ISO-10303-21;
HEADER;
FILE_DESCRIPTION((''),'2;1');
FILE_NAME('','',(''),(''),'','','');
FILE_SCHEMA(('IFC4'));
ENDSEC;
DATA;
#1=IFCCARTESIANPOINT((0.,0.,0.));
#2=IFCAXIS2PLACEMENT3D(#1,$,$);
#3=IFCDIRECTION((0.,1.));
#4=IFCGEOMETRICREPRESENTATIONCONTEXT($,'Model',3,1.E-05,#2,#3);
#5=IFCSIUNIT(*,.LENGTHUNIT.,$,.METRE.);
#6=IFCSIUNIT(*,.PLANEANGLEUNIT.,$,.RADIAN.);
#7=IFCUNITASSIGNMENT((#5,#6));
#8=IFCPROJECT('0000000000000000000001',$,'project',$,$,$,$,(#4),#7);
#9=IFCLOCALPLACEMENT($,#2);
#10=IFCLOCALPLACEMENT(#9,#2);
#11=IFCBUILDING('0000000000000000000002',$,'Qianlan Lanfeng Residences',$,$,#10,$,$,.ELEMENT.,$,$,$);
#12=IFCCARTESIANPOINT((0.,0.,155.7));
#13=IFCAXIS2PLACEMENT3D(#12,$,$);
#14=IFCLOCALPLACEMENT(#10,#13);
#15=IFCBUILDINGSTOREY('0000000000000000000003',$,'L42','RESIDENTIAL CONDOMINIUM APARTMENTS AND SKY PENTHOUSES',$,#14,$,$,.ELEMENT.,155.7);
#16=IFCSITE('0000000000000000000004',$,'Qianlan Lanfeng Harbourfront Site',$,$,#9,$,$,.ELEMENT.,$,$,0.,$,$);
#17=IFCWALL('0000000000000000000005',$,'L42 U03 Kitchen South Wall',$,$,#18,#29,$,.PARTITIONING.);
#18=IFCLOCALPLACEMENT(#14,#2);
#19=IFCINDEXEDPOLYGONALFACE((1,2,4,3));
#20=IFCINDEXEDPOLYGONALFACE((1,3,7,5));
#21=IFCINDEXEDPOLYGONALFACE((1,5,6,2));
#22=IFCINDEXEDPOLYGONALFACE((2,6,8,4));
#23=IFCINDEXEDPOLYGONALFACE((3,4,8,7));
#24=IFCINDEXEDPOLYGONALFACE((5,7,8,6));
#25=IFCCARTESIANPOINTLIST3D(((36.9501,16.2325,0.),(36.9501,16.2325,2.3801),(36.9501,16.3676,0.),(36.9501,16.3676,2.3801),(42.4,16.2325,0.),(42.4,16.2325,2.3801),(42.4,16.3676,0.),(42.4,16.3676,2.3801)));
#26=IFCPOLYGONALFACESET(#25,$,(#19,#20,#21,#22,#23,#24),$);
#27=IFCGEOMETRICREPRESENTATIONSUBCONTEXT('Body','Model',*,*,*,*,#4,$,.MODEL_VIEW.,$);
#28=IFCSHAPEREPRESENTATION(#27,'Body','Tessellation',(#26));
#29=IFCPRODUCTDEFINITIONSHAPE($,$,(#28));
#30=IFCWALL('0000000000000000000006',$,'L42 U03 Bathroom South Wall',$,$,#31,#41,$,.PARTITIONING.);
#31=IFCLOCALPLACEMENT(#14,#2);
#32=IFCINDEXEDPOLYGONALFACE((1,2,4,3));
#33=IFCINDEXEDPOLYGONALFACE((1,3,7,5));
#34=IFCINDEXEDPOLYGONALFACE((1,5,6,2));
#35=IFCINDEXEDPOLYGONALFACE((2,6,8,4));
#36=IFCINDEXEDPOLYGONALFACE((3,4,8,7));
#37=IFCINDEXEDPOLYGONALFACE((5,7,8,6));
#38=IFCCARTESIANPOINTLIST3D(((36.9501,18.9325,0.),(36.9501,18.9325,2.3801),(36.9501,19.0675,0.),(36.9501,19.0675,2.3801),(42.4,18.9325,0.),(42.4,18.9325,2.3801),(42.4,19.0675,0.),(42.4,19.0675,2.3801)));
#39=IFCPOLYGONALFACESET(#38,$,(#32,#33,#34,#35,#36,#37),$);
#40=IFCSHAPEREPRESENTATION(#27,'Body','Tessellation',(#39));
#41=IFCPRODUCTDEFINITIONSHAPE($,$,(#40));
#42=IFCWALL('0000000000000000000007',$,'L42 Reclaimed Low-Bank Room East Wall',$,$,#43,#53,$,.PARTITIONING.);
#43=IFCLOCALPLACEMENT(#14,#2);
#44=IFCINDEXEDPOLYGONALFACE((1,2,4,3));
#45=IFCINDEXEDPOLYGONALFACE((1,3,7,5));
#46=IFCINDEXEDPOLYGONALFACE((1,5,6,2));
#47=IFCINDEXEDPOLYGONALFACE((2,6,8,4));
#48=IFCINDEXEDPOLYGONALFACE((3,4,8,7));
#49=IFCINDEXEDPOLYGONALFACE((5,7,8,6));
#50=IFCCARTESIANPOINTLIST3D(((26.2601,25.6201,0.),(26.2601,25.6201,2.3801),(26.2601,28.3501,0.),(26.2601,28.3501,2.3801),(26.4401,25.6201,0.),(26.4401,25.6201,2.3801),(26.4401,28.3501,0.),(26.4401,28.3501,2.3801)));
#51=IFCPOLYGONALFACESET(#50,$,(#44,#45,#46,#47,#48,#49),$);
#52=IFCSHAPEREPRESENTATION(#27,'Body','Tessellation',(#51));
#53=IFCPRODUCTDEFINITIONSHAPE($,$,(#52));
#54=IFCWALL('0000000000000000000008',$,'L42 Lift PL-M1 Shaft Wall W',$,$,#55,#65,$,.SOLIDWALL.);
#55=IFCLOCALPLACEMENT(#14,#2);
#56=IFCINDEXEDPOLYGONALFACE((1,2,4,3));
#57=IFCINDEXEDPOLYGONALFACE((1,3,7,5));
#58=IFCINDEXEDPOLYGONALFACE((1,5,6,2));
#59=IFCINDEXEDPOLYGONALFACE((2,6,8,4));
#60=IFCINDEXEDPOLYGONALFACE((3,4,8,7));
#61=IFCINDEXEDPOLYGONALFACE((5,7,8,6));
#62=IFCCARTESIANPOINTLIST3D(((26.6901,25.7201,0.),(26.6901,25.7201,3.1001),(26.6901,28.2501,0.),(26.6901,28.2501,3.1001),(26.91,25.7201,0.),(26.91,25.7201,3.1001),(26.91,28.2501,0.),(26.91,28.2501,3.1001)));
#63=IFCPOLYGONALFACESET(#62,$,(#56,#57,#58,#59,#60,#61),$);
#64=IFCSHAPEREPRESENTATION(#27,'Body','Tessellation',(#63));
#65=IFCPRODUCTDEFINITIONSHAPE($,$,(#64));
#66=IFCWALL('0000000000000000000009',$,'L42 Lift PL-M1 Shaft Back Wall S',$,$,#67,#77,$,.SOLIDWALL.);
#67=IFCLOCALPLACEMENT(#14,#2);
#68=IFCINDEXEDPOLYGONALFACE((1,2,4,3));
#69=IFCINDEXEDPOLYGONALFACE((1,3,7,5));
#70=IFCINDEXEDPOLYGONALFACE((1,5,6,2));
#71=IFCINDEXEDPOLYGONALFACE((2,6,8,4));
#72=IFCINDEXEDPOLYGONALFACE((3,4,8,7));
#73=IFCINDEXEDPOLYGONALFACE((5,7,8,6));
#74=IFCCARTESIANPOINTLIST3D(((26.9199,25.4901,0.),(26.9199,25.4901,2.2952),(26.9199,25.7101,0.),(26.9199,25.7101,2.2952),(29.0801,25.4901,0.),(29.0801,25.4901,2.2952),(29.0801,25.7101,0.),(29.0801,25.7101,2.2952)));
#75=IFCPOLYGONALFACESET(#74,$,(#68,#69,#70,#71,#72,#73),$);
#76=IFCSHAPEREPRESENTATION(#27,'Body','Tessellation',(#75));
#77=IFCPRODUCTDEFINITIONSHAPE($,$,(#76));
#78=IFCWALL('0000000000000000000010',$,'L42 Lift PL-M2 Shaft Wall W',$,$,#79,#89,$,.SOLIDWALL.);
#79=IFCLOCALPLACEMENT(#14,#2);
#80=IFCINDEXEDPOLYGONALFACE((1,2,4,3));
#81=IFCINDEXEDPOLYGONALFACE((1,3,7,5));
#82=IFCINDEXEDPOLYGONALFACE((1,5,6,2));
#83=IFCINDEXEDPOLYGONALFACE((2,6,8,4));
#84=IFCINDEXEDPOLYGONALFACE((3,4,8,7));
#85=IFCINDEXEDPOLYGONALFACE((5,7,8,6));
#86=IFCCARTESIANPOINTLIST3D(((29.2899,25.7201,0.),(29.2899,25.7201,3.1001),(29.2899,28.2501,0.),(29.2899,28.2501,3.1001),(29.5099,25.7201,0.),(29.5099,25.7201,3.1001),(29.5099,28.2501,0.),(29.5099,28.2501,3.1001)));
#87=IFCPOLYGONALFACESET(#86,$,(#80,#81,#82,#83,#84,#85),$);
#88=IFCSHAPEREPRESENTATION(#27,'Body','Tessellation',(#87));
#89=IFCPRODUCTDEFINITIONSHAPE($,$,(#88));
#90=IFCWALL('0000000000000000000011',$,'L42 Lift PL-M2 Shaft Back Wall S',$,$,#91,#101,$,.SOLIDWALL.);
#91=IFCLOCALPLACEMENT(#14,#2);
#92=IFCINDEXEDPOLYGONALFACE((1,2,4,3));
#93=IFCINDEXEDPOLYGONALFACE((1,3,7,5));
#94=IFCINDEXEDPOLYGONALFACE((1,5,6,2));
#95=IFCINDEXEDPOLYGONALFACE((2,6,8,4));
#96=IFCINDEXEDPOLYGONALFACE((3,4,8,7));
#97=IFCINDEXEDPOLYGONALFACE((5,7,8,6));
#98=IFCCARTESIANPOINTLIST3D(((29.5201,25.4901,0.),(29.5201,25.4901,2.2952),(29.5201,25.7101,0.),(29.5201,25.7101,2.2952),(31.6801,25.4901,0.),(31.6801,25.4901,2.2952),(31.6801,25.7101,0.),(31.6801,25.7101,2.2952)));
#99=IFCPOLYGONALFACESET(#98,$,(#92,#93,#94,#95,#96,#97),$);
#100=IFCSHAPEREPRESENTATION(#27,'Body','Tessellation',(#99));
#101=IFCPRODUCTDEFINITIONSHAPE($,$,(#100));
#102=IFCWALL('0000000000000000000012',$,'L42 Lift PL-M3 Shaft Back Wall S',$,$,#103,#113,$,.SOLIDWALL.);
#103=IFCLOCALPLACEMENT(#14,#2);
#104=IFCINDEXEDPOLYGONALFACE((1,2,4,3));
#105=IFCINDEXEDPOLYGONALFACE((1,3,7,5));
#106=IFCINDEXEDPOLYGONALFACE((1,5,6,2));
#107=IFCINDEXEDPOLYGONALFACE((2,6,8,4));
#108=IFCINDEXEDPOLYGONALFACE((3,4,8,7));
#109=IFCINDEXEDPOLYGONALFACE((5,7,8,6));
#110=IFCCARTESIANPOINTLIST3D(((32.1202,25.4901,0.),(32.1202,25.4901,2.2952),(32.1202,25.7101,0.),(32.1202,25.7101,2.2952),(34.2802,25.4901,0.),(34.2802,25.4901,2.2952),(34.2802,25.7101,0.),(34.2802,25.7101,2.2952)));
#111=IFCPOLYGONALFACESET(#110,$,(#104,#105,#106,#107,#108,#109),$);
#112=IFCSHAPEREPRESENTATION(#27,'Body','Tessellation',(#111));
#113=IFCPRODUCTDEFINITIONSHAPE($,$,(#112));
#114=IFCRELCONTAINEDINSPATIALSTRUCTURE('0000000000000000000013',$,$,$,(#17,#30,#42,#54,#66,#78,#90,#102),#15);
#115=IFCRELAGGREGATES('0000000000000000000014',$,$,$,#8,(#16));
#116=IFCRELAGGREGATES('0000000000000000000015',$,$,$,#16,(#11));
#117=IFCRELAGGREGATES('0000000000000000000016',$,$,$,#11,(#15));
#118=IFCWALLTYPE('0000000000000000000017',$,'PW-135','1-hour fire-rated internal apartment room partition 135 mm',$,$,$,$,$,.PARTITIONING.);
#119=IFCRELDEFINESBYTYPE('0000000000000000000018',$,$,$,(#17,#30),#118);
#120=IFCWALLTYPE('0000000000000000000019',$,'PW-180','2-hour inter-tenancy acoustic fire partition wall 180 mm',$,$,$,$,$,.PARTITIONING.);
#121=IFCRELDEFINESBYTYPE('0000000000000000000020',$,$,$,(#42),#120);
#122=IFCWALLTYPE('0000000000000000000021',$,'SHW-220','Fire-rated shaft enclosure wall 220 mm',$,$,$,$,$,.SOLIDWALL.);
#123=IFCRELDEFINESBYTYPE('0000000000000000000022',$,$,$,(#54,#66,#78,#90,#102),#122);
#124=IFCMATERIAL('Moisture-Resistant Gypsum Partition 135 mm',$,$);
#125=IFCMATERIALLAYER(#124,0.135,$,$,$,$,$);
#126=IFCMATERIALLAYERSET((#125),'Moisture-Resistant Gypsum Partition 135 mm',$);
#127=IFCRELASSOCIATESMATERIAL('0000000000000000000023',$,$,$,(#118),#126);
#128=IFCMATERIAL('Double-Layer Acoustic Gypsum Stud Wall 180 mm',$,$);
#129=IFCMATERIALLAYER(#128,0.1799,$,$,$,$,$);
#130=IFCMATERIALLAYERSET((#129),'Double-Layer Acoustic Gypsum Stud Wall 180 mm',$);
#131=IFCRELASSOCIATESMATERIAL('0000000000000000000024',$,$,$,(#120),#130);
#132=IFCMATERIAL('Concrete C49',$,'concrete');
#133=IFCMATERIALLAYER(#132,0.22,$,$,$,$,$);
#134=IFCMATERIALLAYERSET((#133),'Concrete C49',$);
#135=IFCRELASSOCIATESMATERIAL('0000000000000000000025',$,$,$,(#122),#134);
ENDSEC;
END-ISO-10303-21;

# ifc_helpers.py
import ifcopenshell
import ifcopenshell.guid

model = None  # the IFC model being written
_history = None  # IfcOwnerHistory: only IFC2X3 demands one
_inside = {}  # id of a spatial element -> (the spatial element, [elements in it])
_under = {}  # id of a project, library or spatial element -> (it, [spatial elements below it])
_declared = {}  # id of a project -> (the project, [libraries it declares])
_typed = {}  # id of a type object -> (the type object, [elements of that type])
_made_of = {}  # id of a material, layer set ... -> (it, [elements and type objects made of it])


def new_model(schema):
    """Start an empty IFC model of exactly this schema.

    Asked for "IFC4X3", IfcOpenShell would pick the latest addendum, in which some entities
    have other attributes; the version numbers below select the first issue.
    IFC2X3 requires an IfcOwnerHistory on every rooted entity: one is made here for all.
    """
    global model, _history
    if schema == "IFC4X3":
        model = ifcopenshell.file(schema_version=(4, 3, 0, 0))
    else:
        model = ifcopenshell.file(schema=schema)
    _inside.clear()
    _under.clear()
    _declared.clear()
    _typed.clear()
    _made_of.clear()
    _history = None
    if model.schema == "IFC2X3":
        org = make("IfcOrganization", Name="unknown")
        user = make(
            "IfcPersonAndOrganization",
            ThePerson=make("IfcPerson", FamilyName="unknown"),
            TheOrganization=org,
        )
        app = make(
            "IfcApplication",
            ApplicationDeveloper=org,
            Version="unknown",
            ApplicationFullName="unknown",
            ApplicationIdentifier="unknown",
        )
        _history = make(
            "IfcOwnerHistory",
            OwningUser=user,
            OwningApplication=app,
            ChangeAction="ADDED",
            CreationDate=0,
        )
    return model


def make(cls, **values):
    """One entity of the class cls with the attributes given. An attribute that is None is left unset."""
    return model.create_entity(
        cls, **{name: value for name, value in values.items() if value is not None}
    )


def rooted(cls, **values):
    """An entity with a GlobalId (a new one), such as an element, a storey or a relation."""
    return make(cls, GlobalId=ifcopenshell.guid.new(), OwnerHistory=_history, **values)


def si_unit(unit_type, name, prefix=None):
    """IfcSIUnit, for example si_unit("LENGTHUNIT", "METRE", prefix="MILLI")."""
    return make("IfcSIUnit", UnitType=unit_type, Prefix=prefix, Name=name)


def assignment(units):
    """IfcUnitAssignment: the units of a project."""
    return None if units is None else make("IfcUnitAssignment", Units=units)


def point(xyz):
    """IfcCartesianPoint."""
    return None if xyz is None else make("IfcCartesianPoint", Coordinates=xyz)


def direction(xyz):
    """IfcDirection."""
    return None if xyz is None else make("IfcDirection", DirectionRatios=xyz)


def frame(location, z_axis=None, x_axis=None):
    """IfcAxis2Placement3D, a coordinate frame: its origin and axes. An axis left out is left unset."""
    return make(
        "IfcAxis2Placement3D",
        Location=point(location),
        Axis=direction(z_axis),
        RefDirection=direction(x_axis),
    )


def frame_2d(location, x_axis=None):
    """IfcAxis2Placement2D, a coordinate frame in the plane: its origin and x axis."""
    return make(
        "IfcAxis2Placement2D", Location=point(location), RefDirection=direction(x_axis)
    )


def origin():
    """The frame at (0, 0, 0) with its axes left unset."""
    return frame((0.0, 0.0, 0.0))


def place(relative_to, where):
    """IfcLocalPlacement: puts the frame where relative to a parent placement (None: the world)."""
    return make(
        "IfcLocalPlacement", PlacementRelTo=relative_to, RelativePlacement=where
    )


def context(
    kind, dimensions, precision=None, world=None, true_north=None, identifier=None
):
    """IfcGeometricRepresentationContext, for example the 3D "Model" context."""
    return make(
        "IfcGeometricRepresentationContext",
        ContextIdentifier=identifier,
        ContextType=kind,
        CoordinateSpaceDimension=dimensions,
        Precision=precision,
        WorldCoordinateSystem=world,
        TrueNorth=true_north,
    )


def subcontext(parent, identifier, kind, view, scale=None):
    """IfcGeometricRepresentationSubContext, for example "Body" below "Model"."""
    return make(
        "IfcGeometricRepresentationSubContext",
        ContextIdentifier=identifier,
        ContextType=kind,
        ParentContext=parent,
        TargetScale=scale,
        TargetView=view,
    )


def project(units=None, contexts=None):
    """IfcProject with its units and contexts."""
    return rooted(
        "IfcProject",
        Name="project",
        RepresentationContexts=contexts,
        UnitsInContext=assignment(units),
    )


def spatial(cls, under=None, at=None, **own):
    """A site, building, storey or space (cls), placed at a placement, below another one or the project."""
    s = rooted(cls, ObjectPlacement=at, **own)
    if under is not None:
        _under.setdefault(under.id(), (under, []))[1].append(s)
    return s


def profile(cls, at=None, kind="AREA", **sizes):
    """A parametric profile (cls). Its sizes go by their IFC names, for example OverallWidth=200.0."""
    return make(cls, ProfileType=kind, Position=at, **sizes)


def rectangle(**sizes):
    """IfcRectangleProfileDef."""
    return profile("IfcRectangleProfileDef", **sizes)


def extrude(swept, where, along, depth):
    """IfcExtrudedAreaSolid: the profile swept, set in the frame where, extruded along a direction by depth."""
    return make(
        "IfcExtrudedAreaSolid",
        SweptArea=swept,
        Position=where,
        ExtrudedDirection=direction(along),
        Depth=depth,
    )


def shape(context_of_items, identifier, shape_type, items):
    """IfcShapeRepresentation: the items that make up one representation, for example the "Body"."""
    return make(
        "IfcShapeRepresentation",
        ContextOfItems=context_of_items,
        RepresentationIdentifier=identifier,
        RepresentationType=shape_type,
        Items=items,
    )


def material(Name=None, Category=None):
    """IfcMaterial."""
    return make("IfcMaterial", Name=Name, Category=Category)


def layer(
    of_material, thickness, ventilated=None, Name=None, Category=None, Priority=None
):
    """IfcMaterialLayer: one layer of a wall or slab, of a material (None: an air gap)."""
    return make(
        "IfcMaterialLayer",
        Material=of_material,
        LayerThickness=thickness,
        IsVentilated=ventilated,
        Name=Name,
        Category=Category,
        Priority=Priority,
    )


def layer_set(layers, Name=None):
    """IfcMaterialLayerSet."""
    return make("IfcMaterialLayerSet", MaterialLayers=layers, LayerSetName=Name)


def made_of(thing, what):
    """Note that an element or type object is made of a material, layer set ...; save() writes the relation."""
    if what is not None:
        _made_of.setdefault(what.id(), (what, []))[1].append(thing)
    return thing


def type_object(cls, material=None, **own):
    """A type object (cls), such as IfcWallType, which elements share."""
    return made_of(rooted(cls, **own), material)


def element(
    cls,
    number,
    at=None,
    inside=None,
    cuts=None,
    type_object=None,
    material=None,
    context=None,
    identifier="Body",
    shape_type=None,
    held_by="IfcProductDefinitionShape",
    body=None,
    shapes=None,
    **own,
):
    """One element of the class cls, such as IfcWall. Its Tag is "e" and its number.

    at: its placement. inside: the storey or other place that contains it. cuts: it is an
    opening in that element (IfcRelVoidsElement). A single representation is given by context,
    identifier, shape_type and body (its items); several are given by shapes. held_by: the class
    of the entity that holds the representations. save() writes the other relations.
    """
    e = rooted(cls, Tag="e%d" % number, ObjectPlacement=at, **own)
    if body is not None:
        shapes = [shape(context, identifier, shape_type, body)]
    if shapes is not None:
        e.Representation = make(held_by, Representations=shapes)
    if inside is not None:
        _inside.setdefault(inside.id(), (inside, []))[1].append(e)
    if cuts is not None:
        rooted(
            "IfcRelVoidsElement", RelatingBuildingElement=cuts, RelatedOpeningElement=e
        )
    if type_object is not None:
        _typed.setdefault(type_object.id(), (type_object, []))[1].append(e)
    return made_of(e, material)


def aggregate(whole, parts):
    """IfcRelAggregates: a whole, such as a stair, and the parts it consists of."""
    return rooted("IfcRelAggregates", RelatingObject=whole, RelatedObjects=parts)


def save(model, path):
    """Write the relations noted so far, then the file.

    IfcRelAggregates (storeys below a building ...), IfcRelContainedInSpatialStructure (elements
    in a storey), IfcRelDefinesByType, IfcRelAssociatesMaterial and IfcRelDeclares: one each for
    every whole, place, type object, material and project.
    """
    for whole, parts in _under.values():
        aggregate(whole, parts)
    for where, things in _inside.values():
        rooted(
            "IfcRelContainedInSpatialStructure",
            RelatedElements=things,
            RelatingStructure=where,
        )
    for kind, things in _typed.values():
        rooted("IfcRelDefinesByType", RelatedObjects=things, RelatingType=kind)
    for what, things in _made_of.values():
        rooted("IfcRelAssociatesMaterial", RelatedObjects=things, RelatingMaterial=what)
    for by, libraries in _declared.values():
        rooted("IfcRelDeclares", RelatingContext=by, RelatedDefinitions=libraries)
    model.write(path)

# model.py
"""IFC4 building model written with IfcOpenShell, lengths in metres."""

from ifc_helpers import new_model, si_unit, direction, frame, frame_2d, origin, place, context, subcontext, project, spatial, rectangle, extrude, material, layer, layer_set, type_object, element, save


model = new_model("IFC4")

# Units and contexts
model_context = context("Model", 3, precision=1e-05, world=origin(), true_north=direction((0.0, 1.0)))
body_context = subcontext(model_context, "Body", "Model", "MODEL_VIEW")
ifc_project = project(units=[si_unit("LENGTHUNIT", "METRE"), si_unit("PLANEANGLEUNIT", "RADIAN")], contexts=[model_context])

# Site, building, storey
site_placement = place(None, origin())
site = spatial("IfcSite", under=ifc_project, at=site_placement, Name="Qianlan Lanfeng Harbourfront Site", CompositionType="ELEMENT", RefElevation=0.0)
building_placement = place(site_placement, origin())
building = spatial("IfcBuilding", under=site, at=building_placement, Name="Qianlan Lanfeng Residences", CompositionType="ELEMENT")
storey_placement = place(building_placement, frame((0.0, 0.0, 155.7)))
storey = spatial("IfcBuildingStorey", under=building, at=storey_placement, Name="L42", Description="RESIDENTIAL CONDOMINIUM APARTMENTS AND SKY PENTHOUSES", CompositionType="ELEMENT", Elevation=155.7)

# Shared definitions
ifc_material_1 = material(Name="Concrete C49", Category="concrete")

# Walls
ifc_material_2 = material(Name="Moisture-Resistant Gypsum Partition 135 mm")
ifc_layer_1 = layer(ifc_material_2, 0.135)
ifc_layer_set_1 = layer_set([ifc_layer_1], Name="Moisture-Resistant Gypsum Partition 135 mm")
wall_type_1 = type_object("IfcWallType", Name="PW-135", Description="1-hour fire-rated internal apartment room partition 135 mm", PredefinedType="PARTITIONING", material=ifc_layer_set_1)
for number, where, z_axis, x_axis, name in (
    (1, (36.95, 16.3, 0.0), (0.0, 0.0, 1.0), (1.0, 0.0, 0.0), "L42 U03 Kitchen South Wall"),
    (2, (36.95, 19.0, 0.0), (0.0, 0.0, 1.0), (1.0, 0.0, 0.0), "L42 U03 Bathroom South Wall"),
):
    element("IfcWall", number, at=place(storey_placement, frame(where, z_axis=z_axis, x_axis=x_axis)), inside=storey, type_object=wall_type_1, Name=name, PredefinedType="PARTITIONING", context=body_context, shape_type="SweptSolid", body=[
        extrude(rectangle(XDim=5.45, YDim=0.135, at=frame_2d((2.7251, 0.0))), origin(), (0.0, 0.0, 1.0), 2.3801),
    ])

# Shared definitions
ifc_material_3 = material(Name="Double-Layer Acoustic Gypsum Stud Wall 180 mm")
ifc_layer_2 = layer(ifc_material_3, 0.1799)
ifc_layer_set_2 = layer_set([ifc_layer_2], Name="Double-Layer Acoustic Gypsum Stud Wall 180 mm")
wall_type_2 = type_object("IfcWallType", Name="PW-180", Description="2-hour inter-tenancy acoustic fire partition wall 180 mm", PredefinedType="PARTITIONING", material=ifc_layer_set_2)

# Walls
wall_1_placement = place(storey_placement, frame((26.3501, 25.6201, 0.0), z_axis=(0.0, 0.0, 1.0), x_axis=(0.0, 1.0, 0.0)))
element("IfcWall", 3, at=wall_1_placement, inside=storey, type_object=wall_type_2, Name="L42 Reclaimed Low-Bank Room East Wall", PredefinedType="PARTITIONING", context=body_context, shape_type="SweptSolid", body=[
    extrude(rectangle(XDim=2.73, YDim=0.1799, at=frame_2d((1.365, 0.0))), origin(), (0.0, 0.0, 1.0), 2.3801),
])
ifc_layer_3 = layer(ifc_material_1, 0.22)
ifc_layer_set_3 = layer_set([ifc_layer_3], Name="Concrete C49")
wall_type_3 = type_object("IfcWallType", Name="SHW-220", Description="Fire-rated shaft enclosure wall 220 mm", PredefinedType="SOLIDWALL", material=ifc_layer_set_3)
wall_2_placement = place(storey_placement, frame((26.8, 25.72, 0.0), z_axis=(0.0, 0.0, 1.0), x_axis=(0.0, 1.0, 0.0)))
element("IfcWall", 4, at=wall_2_placement, inside=storey, type_object=wall_type_3, Name="L42 Lift PL-M1 Shaft Wall W", PredefinedType="SOLIDWALL", context=body_context, shape_type="SweptSolid", body=[
    extrude(rectangle(XDim=2.53, YDim=0.22, at=frame_2d((1.2651, 0.0))), origin(), (0.0, 0.0, 1.0), 3.1001),
])
wall_3_placement = place(storey_placement, frame((26.9199, 25.6001, 0.0), z_axis=(0.0, 0.0, 1.0), x_axis=(1.0, 0.0, 0.0)))
element("IfcWall", 5, at=wall_3_placement, inside=storey, type_object=wall_type_3, Name="L42 Lift PL-M1 Shaft Back Wall S", PredefinedType="SOLIDWALL", context=body_context, shape_type="SweptSolid", body=[
    extrude(rectangle(XDim=2.1602, YDim=0.22, at=frame_2d((1.0801, 0.0))), origin(), (0.0, 0.0, 1.0), 2.2952),
])
wall_4_placement = place(storey_placement, frame((29.3999, 25.72, 0.0), z_axis=(0.0, 0.0, 1.0), x_axis=(0.0, 1.0, 0.0)))
element("IfcWall", 6, at=wall_4_placement, inside=storey, type_object=wall_type_3, Name="L42 Lift PL-M2 Shaft Wall W", PredefinedType="SOLIDWALL", context=body_context, shape_type="SweptSolid", body=[
    extrude(rectangle(XDim=2.53, YDim=0.22, at=frame_2d((1.2651, 0.0))), origin(), (0.0, 0.0, 1.0), 3.1001),
])
for number, where, z_axis, x_axis, name in (
    (7, (29.52, 25.6001, 0.0), (0.0, 0.0, 1.0), (1.0, 0.0, 0.0), "L42 Lift PL-M2 Shaft Back Wall S"),
    (8, (32.1201, 25.6001, 0.0), (0.0, 0.0, 1.0), (1.0, 0.0, 0.0), "L42 Lift PL-M3 Shaft Back Wall S"),
):
    element("IfcWall", number, at=place(storey_placement, frame(where, z_axis=z_axis, x_axis=x_axis)), inside=storey, type_object=wall_type_3, Name=name, PredefinedType="SOLIDWALL", context=body_context, shape_type="SweptSolid", body=[
        extrude(rectangle(XDim=2.1599, YDim=0.22, at=frame_2d((1.0801, 0.0))), origin(), (0.0, 0.0, 1.0), 2.2952),
    ])

save(model, "model.ifc")
